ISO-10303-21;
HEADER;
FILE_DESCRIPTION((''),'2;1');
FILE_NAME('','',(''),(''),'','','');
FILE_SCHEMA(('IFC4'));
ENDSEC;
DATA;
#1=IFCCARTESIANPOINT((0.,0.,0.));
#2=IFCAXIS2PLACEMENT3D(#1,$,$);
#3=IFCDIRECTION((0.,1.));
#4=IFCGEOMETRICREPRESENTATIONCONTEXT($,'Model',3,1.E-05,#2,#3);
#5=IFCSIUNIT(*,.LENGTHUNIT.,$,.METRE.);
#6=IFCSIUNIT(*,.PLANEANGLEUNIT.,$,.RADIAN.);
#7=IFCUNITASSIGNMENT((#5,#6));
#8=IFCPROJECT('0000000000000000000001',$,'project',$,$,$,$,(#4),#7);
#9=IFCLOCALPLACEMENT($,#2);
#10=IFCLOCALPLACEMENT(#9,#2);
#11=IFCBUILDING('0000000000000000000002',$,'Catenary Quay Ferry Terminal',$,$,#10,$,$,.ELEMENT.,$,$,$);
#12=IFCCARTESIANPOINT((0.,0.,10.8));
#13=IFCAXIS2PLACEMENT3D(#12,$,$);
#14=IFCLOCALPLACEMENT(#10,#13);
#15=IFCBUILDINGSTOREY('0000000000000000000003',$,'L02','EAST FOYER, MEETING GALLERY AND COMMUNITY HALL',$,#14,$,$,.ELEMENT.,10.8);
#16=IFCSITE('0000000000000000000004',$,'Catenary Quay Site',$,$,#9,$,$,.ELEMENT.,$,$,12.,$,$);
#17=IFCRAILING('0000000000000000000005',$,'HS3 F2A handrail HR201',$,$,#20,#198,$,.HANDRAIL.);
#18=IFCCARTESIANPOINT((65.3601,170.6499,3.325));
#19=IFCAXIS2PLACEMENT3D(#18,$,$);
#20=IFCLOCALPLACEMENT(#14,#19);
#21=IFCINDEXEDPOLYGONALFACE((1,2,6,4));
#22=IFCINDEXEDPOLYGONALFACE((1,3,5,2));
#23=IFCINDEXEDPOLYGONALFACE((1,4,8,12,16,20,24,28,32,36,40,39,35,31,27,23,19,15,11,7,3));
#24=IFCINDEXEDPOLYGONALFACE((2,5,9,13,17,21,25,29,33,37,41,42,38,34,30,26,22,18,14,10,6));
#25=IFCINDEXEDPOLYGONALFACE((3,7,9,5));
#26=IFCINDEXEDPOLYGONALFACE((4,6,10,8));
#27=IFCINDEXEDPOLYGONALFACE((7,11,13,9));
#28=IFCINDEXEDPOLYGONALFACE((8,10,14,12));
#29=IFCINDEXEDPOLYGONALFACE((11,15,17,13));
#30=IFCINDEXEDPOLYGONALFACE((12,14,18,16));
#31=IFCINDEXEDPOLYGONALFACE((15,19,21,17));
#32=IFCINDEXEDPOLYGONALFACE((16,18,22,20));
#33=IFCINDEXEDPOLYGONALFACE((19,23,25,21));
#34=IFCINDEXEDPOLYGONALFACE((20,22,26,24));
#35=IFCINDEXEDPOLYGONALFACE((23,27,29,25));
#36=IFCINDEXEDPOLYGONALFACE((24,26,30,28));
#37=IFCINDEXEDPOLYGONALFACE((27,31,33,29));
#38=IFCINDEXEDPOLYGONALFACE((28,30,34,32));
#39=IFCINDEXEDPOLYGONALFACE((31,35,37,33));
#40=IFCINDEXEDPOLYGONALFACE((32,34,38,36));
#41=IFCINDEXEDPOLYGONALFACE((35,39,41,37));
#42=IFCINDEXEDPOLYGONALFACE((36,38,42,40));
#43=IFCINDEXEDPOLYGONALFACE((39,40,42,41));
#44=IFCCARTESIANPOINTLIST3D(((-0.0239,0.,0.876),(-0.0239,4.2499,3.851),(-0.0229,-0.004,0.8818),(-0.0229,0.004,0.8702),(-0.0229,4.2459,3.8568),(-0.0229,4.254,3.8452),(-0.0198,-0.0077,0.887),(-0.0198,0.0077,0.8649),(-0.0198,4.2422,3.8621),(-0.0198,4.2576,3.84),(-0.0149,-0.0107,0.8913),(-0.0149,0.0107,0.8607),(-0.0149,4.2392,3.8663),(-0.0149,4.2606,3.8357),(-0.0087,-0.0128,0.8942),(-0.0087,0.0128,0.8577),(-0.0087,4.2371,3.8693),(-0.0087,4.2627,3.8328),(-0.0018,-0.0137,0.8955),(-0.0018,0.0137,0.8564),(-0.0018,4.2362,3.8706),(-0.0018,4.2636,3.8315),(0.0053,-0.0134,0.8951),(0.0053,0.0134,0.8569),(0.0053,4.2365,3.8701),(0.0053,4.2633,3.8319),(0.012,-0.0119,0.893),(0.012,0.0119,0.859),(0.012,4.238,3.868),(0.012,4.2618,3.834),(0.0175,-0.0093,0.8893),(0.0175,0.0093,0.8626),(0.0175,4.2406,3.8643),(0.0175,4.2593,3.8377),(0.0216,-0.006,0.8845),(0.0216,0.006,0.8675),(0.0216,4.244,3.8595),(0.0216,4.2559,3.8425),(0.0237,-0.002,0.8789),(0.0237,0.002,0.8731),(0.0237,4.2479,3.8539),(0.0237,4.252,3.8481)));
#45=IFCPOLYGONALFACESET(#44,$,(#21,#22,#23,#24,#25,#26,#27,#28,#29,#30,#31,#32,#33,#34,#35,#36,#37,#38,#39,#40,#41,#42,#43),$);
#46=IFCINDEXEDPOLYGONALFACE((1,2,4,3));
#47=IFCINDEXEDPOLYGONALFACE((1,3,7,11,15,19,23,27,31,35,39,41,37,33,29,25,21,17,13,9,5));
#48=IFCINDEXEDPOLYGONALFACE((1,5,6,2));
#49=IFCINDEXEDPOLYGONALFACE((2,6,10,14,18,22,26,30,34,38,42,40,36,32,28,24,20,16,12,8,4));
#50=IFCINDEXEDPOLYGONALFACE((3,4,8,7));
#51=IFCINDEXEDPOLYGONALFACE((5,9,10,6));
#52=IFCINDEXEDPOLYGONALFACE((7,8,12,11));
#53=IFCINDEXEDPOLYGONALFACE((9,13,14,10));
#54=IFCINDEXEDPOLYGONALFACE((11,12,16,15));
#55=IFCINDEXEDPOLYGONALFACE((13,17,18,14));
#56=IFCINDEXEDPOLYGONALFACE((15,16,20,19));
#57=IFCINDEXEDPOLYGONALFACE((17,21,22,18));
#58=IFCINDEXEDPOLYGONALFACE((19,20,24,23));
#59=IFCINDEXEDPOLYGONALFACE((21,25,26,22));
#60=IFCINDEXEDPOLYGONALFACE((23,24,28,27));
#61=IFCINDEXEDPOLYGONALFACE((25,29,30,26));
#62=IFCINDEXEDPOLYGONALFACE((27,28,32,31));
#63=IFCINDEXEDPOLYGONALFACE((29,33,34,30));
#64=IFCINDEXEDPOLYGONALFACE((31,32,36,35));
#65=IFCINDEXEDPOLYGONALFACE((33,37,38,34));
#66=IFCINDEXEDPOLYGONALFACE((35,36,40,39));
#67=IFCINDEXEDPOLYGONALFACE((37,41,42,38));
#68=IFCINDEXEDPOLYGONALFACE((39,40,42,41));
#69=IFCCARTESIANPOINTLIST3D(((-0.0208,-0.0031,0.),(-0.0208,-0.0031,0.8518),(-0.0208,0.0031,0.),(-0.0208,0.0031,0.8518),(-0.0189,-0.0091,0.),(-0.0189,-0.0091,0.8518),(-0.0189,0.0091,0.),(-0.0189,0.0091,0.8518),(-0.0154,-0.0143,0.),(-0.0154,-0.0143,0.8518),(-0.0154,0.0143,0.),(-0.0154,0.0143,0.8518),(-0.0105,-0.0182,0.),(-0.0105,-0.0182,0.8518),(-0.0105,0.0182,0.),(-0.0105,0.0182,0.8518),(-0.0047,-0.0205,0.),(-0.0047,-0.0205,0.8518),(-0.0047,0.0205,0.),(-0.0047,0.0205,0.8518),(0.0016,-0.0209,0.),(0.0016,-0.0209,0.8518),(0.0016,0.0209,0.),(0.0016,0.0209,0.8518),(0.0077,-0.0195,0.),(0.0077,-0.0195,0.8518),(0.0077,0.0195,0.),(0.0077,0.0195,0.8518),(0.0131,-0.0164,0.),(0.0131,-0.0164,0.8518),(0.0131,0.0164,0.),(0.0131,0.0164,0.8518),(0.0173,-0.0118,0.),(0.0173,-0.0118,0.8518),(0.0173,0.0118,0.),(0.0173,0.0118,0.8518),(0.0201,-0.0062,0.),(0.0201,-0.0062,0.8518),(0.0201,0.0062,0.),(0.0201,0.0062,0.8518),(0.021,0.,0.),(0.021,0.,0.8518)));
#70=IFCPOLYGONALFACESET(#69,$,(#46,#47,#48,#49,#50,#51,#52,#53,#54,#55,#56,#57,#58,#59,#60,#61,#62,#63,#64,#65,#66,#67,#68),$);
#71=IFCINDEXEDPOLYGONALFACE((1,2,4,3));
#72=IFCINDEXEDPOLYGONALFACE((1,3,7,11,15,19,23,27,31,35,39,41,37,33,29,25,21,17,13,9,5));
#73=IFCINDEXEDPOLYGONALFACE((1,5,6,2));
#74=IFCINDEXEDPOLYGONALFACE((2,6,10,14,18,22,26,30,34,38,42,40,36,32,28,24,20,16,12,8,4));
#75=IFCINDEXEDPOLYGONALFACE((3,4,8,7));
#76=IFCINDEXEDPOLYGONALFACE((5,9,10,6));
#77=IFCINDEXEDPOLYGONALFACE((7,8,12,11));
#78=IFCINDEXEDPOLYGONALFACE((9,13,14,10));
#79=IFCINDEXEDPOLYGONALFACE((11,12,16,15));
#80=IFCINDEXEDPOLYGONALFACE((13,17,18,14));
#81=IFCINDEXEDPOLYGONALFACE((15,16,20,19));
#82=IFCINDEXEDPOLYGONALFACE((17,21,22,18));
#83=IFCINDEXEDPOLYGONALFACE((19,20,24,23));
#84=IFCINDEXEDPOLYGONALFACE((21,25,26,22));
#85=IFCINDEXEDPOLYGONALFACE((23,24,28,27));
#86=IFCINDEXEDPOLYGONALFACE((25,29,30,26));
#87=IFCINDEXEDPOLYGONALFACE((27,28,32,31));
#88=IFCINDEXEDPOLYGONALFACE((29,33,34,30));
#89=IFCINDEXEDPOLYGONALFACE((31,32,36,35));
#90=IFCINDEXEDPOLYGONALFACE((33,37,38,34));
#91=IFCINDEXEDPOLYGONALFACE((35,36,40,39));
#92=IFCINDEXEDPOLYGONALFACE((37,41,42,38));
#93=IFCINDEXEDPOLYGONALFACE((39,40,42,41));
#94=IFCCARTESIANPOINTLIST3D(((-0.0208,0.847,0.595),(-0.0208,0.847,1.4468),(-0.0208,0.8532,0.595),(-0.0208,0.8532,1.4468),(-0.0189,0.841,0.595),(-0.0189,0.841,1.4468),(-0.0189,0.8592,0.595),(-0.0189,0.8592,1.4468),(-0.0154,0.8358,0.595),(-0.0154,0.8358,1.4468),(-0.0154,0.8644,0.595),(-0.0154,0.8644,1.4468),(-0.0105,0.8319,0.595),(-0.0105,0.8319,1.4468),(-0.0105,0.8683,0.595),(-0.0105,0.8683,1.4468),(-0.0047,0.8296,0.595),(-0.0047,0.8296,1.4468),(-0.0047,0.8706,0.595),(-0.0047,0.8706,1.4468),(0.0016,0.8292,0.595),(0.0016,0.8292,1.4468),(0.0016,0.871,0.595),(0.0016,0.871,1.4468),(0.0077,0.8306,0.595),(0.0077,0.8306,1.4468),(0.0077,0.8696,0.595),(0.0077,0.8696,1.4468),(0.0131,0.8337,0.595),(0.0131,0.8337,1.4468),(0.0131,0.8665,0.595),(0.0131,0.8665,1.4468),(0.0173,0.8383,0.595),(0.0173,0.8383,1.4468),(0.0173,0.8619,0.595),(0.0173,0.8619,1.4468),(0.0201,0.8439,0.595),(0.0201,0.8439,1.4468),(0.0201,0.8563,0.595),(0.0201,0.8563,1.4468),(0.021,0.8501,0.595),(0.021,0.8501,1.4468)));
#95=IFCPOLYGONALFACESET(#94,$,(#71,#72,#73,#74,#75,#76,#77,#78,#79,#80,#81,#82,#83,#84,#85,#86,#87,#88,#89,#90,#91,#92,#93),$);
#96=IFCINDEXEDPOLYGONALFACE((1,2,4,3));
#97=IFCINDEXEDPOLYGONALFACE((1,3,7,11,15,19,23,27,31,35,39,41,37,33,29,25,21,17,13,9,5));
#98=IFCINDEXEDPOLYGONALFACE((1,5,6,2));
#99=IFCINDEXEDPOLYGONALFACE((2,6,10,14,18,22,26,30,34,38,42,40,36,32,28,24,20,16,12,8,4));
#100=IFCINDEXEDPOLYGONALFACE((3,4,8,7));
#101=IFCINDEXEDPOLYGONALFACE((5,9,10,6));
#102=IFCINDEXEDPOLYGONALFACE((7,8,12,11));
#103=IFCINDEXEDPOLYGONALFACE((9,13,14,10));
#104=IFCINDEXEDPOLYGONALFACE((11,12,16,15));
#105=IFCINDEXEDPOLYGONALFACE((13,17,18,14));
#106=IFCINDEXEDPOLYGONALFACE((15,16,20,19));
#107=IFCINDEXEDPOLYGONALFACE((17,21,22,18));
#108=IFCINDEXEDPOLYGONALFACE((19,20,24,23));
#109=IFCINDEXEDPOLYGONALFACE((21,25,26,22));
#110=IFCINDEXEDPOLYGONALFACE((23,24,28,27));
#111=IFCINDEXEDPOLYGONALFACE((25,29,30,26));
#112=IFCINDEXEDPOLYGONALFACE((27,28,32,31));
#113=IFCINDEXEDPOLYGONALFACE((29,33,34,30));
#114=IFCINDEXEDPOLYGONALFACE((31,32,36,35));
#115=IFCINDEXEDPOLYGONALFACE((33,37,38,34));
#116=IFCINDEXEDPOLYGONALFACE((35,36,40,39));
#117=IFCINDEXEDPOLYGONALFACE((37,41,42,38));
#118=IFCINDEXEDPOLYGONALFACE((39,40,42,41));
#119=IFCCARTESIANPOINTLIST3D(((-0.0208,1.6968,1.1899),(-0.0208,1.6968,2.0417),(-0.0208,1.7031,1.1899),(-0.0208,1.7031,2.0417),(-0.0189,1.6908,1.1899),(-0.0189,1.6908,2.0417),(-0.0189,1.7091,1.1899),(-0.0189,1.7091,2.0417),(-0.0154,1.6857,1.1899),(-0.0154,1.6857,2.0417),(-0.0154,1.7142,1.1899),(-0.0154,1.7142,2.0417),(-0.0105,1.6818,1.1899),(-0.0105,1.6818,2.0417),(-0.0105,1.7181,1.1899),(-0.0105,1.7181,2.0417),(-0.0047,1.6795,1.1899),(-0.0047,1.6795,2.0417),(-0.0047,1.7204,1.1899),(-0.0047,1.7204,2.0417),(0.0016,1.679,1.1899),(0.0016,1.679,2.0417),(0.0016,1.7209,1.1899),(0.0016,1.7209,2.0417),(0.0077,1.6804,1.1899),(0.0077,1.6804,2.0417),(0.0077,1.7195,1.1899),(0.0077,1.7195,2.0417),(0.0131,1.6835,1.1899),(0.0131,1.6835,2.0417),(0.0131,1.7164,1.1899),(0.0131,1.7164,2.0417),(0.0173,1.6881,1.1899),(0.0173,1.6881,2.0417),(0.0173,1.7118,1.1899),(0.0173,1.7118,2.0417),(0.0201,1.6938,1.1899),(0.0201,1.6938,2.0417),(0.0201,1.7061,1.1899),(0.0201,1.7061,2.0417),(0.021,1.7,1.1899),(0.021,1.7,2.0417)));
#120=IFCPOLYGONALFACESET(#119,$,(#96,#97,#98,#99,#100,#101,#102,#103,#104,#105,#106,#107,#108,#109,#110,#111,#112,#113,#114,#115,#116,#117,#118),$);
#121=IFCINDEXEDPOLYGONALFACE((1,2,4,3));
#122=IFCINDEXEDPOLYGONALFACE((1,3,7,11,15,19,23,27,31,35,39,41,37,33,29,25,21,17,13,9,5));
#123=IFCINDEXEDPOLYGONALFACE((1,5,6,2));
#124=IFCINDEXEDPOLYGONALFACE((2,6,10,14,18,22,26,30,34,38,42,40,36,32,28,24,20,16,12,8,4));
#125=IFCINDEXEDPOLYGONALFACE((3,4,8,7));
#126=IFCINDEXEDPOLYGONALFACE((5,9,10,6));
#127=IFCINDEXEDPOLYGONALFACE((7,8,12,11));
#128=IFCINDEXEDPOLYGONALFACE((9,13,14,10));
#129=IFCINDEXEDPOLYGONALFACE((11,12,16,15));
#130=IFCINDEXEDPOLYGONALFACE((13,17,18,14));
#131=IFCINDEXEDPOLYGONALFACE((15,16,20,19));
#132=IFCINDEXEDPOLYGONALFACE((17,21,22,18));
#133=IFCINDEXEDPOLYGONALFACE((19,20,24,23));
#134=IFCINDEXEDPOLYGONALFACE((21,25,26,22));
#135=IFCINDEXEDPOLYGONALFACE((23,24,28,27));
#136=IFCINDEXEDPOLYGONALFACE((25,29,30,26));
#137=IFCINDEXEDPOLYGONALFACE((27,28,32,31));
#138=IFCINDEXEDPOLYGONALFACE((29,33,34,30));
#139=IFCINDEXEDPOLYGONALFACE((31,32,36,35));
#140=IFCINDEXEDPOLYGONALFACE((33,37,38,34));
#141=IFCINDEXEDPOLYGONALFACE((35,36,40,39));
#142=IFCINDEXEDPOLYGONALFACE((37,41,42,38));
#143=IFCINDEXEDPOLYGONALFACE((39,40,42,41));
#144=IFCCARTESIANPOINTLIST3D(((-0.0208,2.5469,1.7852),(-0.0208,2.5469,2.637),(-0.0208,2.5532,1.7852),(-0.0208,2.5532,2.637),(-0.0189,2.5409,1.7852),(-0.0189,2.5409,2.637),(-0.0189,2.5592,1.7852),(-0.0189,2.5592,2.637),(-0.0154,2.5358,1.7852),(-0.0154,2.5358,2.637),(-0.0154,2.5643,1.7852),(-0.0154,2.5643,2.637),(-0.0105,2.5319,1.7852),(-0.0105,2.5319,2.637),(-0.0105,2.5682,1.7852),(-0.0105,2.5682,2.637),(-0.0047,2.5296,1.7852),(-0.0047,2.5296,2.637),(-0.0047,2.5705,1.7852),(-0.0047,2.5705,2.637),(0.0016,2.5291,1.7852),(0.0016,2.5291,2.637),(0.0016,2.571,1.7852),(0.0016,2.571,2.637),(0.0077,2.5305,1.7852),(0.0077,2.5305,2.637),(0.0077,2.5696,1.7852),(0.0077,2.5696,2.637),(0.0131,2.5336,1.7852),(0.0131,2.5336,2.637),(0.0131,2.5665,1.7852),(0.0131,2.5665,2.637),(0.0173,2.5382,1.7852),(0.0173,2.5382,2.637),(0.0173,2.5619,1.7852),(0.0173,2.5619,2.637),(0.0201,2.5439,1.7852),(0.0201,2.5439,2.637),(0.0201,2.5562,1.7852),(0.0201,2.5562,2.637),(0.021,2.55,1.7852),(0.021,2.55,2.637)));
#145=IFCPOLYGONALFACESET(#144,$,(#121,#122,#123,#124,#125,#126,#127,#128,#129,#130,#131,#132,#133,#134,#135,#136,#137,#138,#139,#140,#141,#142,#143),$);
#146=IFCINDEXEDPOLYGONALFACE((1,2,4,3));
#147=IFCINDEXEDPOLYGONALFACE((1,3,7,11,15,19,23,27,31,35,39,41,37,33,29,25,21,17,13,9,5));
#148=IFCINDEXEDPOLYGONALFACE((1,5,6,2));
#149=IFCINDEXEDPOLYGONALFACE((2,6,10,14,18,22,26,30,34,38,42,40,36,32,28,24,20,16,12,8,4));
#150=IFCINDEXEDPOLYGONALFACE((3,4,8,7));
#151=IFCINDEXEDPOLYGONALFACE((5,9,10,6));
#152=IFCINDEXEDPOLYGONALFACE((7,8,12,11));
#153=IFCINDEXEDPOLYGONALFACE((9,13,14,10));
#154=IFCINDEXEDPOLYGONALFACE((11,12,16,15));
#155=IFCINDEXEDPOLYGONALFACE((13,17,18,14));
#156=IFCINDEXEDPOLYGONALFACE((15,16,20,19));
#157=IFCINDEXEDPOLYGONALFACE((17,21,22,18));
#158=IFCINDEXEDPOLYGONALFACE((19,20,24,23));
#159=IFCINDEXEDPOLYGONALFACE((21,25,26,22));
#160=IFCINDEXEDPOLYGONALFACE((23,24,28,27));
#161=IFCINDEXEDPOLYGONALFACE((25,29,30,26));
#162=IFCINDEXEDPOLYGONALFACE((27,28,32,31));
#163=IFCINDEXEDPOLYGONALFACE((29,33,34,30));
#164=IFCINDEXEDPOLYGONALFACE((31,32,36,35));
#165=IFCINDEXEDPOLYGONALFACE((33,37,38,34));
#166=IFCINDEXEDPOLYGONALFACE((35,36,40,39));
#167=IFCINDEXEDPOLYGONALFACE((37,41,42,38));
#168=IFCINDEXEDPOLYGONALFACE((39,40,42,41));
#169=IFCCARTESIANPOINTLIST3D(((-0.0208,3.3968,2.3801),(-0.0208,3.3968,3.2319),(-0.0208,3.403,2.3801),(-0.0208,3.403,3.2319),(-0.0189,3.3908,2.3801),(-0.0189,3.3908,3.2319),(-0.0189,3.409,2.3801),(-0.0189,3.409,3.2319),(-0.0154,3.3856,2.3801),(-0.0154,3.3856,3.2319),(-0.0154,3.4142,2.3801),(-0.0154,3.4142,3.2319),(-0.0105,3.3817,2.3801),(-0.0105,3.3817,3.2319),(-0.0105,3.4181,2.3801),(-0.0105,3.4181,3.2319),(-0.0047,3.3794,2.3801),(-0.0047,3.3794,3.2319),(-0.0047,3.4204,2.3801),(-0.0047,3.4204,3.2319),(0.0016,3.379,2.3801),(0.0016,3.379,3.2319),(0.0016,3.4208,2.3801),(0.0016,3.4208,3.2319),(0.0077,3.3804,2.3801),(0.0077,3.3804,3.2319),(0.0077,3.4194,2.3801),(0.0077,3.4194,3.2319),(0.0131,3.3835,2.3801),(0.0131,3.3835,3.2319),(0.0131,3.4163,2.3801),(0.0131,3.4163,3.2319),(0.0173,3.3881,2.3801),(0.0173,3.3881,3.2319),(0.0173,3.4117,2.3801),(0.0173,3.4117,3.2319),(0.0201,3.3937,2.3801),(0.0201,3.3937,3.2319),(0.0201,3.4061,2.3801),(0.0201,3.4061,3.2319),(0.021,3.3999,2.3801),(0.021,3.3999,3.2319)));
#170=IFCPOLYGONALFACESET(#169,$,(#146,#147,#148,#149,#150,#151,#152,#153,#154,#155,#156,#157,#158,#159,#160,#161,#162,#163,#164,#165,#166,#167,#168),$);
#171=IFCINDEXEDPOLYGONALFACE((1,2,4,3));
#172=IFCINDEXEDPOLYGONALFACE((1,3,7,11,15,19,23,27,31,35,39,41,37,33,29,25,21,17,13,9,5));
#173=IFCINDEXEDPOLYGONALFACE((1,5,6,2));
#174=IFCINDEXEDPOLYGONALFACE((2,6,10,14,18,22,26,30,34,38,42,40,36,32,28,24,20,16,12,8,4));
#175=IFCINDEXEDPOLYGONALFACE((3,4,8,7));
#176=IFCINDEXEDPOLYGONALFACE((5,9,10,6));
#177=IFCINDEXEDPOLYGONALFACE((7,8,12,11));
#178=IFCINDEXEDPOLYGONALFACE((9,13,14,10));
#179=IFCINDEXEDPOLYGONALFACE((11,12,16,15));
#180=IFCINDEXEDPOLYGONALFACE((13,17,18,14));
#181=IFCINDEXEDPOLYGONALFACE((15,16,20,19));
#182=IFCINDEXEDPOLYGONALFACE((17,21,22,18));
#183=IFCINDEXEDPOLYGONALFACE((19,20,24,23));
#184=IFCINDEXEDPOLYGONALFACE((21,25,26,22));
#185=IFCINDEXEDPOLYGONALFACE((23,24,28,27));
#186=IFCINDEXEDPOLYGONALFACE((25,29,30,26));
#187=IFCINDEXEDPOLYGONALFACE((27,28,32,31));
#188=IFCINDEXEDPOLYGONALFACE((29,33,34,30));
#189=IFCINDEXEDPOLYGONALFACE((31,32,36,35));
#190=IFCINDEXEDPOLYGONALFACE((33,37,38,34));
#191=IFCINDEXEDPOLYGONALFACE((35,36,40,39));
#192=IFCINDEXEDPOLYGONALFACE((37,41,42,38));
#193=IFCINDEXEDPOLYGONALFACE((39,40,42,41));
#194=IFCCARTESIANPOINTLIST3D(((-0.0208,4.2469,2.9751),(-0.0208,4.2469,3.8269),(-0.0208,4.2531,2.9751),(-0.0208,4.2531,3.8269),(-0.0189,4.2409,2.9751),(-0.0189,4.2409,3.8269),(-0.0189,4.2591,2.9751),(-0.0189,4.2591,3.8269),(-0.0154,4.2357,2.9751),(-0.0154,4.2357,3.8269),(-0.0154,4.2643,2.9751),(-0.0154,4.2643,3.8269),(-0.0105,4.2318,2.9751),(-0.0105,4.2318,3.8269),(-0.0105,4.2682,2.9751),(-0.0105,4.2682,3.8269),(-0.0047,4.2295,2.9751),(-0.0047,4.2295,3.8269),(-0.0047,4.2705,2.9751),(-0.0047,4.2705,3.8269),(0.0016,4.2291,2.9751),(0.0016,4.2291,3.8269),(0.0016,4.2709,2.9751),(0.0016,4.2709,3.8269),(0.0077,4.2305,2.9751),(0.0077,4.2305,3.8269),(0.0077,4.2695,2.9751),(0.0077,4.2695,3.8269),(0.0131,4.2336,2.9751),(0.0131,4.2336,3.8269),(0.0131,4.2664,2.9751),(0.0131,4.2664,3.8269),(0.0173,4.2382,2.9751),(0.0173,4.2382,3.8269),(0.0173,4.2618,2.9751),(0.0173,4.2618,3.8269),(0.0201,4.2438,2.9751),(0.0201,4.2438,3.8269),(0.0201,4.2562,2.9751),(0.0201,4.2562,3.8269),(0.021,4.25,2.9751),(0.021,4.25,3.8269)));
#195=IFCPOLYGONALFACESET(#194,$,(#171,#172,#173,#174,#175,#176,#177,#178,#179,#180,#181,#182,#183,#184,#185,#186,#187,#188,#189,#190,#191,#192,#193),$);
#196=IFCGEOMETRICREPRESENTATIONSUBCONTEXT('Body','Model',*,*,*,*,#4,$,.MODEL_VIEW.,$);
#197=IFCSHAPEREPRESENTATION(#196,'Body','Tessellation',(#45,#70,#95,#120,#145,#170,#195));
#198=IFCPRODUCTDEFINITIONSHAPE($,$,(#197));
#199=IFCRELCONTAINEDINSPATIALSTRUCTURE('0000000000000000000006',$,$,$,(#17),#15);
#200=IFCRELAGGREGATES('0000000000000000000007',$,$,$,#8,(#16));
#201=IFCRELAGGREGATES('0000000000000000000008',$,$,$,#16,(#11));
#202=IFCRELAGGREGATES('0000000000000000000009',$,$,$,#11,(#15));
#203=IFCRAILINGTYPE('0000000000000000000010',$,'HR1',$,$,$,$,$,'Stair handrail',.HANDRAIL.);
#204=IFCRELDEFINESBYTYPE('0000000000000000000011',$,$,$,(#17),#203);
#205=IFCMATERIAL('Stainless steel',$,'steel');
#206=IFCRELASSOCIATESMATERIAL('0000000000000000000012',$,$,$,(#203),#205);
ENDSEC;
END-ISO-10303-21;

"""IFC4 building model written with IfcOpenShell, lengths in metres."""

from ifc_helpers import new_model, si_unit, direction, frame, origin, origin_2d, place, context, subcontext, project, spatial, circle, extrude, material, type_object, element, save


model = new_model("IFC4")

# Units and contexts
model_context = context("Model", 3, precision=1e-05, world=origin(), true_north=direction((0.0, 1.0)))
body_context = subcontext(model_context, "Body", "Model", "MODEL_VIEW")
ifc_project = project(units=[si_unit("LENGTHUNIT", "METRE"), si_unit("PLANEANGLEUNIT", "RADIAN")], contexts=[model_context])

# Site, building, storey
site_placement = place(None, origin())
site = spatial("IfcSite", under=ifc_project, at=site_placement, Name="Catenary Quay Site", CompositionType="ELEMENT", RefElevation=12.0)
building_placement = place(site_placement, origin())
building = spatial("IfcBuilding", under=site, at=building_placement, Name="Catenary Quay Ferry Terminal", CompositionType="ELEMENT")
storey_placement = place(building_placement, frame((0.0, 0.0, 10.8)))
storey = spatial("IfcBuildingStorey", under=building, at=storey_placement, Name="L02", Description="EAST FOYER, MEETING GALLERY AND COMMUNITY HALL", CompositionType="ELEMENT", Elevation=10.8)

# Railing
ifc_material_1 = material(Name="Stainless steel", Category="steel")
railing_type_1 = type_object("IfcRailingType", Name="HR1", ElementType="Stair handrail", PredefinedType="HANDRAIL", material=ifc_material_1)
railing_1_placement = place(storey_placement, frame((65.3601, 170.6499, 3.325)))
element("IfcRailing", 1, at=railing_1_placement, inside=storey, type_object=railing_type_1, Name="HS3 F2A handrail HR201", PredefinedType="HANDRAIL", context=body_context, shape_type="SweptSolid", body=[
    extrude(circle(Radius=0.0239, at=origin_2d()), frame((0.0, 0.0, 0.876), z_axis=(0.0, 0.819223, 0.573475), x_axis=(-1.0, 0.0, 0.0)), (0.0, 0.0, 1.0), 5.1877),
    extrude(circle(Radius=0.021, at=origin_2d()), origin(), (0.0, 0.0, 1.0), 0.8518),
    extrude(circle(Radius=0.021, at=origin_2d()), frame((0.0, 0.8501, 0.595)), (0.0, 0.0, 1.0), 0.8518),
    extrude(circle(Radius=0.021, at=origin_2d()), frame((0.0, 1.7, 1.1899)), (0.0, 0.0, 1.0), 0.8518),
    extrude(circle(Radius=0.021, at=origin_2d()), frame((0.0, 2.55, 1.7852)), (0.0, 0.0, 1.0), 0.8518),
    extrude(circle(Radius=0.021, at=origin_2d()), frame((0.0, 3.3999, 2.3801)), (0.0, 0.0, 1.0), 0.8518),
    extrude(circle(Radius=0.021, at=origin_2d()), frame((0.0, 4.25, 2.9751)), (0.0, 0.0, 1.0), 0.8518),
])

save(model, "model.ifc")
